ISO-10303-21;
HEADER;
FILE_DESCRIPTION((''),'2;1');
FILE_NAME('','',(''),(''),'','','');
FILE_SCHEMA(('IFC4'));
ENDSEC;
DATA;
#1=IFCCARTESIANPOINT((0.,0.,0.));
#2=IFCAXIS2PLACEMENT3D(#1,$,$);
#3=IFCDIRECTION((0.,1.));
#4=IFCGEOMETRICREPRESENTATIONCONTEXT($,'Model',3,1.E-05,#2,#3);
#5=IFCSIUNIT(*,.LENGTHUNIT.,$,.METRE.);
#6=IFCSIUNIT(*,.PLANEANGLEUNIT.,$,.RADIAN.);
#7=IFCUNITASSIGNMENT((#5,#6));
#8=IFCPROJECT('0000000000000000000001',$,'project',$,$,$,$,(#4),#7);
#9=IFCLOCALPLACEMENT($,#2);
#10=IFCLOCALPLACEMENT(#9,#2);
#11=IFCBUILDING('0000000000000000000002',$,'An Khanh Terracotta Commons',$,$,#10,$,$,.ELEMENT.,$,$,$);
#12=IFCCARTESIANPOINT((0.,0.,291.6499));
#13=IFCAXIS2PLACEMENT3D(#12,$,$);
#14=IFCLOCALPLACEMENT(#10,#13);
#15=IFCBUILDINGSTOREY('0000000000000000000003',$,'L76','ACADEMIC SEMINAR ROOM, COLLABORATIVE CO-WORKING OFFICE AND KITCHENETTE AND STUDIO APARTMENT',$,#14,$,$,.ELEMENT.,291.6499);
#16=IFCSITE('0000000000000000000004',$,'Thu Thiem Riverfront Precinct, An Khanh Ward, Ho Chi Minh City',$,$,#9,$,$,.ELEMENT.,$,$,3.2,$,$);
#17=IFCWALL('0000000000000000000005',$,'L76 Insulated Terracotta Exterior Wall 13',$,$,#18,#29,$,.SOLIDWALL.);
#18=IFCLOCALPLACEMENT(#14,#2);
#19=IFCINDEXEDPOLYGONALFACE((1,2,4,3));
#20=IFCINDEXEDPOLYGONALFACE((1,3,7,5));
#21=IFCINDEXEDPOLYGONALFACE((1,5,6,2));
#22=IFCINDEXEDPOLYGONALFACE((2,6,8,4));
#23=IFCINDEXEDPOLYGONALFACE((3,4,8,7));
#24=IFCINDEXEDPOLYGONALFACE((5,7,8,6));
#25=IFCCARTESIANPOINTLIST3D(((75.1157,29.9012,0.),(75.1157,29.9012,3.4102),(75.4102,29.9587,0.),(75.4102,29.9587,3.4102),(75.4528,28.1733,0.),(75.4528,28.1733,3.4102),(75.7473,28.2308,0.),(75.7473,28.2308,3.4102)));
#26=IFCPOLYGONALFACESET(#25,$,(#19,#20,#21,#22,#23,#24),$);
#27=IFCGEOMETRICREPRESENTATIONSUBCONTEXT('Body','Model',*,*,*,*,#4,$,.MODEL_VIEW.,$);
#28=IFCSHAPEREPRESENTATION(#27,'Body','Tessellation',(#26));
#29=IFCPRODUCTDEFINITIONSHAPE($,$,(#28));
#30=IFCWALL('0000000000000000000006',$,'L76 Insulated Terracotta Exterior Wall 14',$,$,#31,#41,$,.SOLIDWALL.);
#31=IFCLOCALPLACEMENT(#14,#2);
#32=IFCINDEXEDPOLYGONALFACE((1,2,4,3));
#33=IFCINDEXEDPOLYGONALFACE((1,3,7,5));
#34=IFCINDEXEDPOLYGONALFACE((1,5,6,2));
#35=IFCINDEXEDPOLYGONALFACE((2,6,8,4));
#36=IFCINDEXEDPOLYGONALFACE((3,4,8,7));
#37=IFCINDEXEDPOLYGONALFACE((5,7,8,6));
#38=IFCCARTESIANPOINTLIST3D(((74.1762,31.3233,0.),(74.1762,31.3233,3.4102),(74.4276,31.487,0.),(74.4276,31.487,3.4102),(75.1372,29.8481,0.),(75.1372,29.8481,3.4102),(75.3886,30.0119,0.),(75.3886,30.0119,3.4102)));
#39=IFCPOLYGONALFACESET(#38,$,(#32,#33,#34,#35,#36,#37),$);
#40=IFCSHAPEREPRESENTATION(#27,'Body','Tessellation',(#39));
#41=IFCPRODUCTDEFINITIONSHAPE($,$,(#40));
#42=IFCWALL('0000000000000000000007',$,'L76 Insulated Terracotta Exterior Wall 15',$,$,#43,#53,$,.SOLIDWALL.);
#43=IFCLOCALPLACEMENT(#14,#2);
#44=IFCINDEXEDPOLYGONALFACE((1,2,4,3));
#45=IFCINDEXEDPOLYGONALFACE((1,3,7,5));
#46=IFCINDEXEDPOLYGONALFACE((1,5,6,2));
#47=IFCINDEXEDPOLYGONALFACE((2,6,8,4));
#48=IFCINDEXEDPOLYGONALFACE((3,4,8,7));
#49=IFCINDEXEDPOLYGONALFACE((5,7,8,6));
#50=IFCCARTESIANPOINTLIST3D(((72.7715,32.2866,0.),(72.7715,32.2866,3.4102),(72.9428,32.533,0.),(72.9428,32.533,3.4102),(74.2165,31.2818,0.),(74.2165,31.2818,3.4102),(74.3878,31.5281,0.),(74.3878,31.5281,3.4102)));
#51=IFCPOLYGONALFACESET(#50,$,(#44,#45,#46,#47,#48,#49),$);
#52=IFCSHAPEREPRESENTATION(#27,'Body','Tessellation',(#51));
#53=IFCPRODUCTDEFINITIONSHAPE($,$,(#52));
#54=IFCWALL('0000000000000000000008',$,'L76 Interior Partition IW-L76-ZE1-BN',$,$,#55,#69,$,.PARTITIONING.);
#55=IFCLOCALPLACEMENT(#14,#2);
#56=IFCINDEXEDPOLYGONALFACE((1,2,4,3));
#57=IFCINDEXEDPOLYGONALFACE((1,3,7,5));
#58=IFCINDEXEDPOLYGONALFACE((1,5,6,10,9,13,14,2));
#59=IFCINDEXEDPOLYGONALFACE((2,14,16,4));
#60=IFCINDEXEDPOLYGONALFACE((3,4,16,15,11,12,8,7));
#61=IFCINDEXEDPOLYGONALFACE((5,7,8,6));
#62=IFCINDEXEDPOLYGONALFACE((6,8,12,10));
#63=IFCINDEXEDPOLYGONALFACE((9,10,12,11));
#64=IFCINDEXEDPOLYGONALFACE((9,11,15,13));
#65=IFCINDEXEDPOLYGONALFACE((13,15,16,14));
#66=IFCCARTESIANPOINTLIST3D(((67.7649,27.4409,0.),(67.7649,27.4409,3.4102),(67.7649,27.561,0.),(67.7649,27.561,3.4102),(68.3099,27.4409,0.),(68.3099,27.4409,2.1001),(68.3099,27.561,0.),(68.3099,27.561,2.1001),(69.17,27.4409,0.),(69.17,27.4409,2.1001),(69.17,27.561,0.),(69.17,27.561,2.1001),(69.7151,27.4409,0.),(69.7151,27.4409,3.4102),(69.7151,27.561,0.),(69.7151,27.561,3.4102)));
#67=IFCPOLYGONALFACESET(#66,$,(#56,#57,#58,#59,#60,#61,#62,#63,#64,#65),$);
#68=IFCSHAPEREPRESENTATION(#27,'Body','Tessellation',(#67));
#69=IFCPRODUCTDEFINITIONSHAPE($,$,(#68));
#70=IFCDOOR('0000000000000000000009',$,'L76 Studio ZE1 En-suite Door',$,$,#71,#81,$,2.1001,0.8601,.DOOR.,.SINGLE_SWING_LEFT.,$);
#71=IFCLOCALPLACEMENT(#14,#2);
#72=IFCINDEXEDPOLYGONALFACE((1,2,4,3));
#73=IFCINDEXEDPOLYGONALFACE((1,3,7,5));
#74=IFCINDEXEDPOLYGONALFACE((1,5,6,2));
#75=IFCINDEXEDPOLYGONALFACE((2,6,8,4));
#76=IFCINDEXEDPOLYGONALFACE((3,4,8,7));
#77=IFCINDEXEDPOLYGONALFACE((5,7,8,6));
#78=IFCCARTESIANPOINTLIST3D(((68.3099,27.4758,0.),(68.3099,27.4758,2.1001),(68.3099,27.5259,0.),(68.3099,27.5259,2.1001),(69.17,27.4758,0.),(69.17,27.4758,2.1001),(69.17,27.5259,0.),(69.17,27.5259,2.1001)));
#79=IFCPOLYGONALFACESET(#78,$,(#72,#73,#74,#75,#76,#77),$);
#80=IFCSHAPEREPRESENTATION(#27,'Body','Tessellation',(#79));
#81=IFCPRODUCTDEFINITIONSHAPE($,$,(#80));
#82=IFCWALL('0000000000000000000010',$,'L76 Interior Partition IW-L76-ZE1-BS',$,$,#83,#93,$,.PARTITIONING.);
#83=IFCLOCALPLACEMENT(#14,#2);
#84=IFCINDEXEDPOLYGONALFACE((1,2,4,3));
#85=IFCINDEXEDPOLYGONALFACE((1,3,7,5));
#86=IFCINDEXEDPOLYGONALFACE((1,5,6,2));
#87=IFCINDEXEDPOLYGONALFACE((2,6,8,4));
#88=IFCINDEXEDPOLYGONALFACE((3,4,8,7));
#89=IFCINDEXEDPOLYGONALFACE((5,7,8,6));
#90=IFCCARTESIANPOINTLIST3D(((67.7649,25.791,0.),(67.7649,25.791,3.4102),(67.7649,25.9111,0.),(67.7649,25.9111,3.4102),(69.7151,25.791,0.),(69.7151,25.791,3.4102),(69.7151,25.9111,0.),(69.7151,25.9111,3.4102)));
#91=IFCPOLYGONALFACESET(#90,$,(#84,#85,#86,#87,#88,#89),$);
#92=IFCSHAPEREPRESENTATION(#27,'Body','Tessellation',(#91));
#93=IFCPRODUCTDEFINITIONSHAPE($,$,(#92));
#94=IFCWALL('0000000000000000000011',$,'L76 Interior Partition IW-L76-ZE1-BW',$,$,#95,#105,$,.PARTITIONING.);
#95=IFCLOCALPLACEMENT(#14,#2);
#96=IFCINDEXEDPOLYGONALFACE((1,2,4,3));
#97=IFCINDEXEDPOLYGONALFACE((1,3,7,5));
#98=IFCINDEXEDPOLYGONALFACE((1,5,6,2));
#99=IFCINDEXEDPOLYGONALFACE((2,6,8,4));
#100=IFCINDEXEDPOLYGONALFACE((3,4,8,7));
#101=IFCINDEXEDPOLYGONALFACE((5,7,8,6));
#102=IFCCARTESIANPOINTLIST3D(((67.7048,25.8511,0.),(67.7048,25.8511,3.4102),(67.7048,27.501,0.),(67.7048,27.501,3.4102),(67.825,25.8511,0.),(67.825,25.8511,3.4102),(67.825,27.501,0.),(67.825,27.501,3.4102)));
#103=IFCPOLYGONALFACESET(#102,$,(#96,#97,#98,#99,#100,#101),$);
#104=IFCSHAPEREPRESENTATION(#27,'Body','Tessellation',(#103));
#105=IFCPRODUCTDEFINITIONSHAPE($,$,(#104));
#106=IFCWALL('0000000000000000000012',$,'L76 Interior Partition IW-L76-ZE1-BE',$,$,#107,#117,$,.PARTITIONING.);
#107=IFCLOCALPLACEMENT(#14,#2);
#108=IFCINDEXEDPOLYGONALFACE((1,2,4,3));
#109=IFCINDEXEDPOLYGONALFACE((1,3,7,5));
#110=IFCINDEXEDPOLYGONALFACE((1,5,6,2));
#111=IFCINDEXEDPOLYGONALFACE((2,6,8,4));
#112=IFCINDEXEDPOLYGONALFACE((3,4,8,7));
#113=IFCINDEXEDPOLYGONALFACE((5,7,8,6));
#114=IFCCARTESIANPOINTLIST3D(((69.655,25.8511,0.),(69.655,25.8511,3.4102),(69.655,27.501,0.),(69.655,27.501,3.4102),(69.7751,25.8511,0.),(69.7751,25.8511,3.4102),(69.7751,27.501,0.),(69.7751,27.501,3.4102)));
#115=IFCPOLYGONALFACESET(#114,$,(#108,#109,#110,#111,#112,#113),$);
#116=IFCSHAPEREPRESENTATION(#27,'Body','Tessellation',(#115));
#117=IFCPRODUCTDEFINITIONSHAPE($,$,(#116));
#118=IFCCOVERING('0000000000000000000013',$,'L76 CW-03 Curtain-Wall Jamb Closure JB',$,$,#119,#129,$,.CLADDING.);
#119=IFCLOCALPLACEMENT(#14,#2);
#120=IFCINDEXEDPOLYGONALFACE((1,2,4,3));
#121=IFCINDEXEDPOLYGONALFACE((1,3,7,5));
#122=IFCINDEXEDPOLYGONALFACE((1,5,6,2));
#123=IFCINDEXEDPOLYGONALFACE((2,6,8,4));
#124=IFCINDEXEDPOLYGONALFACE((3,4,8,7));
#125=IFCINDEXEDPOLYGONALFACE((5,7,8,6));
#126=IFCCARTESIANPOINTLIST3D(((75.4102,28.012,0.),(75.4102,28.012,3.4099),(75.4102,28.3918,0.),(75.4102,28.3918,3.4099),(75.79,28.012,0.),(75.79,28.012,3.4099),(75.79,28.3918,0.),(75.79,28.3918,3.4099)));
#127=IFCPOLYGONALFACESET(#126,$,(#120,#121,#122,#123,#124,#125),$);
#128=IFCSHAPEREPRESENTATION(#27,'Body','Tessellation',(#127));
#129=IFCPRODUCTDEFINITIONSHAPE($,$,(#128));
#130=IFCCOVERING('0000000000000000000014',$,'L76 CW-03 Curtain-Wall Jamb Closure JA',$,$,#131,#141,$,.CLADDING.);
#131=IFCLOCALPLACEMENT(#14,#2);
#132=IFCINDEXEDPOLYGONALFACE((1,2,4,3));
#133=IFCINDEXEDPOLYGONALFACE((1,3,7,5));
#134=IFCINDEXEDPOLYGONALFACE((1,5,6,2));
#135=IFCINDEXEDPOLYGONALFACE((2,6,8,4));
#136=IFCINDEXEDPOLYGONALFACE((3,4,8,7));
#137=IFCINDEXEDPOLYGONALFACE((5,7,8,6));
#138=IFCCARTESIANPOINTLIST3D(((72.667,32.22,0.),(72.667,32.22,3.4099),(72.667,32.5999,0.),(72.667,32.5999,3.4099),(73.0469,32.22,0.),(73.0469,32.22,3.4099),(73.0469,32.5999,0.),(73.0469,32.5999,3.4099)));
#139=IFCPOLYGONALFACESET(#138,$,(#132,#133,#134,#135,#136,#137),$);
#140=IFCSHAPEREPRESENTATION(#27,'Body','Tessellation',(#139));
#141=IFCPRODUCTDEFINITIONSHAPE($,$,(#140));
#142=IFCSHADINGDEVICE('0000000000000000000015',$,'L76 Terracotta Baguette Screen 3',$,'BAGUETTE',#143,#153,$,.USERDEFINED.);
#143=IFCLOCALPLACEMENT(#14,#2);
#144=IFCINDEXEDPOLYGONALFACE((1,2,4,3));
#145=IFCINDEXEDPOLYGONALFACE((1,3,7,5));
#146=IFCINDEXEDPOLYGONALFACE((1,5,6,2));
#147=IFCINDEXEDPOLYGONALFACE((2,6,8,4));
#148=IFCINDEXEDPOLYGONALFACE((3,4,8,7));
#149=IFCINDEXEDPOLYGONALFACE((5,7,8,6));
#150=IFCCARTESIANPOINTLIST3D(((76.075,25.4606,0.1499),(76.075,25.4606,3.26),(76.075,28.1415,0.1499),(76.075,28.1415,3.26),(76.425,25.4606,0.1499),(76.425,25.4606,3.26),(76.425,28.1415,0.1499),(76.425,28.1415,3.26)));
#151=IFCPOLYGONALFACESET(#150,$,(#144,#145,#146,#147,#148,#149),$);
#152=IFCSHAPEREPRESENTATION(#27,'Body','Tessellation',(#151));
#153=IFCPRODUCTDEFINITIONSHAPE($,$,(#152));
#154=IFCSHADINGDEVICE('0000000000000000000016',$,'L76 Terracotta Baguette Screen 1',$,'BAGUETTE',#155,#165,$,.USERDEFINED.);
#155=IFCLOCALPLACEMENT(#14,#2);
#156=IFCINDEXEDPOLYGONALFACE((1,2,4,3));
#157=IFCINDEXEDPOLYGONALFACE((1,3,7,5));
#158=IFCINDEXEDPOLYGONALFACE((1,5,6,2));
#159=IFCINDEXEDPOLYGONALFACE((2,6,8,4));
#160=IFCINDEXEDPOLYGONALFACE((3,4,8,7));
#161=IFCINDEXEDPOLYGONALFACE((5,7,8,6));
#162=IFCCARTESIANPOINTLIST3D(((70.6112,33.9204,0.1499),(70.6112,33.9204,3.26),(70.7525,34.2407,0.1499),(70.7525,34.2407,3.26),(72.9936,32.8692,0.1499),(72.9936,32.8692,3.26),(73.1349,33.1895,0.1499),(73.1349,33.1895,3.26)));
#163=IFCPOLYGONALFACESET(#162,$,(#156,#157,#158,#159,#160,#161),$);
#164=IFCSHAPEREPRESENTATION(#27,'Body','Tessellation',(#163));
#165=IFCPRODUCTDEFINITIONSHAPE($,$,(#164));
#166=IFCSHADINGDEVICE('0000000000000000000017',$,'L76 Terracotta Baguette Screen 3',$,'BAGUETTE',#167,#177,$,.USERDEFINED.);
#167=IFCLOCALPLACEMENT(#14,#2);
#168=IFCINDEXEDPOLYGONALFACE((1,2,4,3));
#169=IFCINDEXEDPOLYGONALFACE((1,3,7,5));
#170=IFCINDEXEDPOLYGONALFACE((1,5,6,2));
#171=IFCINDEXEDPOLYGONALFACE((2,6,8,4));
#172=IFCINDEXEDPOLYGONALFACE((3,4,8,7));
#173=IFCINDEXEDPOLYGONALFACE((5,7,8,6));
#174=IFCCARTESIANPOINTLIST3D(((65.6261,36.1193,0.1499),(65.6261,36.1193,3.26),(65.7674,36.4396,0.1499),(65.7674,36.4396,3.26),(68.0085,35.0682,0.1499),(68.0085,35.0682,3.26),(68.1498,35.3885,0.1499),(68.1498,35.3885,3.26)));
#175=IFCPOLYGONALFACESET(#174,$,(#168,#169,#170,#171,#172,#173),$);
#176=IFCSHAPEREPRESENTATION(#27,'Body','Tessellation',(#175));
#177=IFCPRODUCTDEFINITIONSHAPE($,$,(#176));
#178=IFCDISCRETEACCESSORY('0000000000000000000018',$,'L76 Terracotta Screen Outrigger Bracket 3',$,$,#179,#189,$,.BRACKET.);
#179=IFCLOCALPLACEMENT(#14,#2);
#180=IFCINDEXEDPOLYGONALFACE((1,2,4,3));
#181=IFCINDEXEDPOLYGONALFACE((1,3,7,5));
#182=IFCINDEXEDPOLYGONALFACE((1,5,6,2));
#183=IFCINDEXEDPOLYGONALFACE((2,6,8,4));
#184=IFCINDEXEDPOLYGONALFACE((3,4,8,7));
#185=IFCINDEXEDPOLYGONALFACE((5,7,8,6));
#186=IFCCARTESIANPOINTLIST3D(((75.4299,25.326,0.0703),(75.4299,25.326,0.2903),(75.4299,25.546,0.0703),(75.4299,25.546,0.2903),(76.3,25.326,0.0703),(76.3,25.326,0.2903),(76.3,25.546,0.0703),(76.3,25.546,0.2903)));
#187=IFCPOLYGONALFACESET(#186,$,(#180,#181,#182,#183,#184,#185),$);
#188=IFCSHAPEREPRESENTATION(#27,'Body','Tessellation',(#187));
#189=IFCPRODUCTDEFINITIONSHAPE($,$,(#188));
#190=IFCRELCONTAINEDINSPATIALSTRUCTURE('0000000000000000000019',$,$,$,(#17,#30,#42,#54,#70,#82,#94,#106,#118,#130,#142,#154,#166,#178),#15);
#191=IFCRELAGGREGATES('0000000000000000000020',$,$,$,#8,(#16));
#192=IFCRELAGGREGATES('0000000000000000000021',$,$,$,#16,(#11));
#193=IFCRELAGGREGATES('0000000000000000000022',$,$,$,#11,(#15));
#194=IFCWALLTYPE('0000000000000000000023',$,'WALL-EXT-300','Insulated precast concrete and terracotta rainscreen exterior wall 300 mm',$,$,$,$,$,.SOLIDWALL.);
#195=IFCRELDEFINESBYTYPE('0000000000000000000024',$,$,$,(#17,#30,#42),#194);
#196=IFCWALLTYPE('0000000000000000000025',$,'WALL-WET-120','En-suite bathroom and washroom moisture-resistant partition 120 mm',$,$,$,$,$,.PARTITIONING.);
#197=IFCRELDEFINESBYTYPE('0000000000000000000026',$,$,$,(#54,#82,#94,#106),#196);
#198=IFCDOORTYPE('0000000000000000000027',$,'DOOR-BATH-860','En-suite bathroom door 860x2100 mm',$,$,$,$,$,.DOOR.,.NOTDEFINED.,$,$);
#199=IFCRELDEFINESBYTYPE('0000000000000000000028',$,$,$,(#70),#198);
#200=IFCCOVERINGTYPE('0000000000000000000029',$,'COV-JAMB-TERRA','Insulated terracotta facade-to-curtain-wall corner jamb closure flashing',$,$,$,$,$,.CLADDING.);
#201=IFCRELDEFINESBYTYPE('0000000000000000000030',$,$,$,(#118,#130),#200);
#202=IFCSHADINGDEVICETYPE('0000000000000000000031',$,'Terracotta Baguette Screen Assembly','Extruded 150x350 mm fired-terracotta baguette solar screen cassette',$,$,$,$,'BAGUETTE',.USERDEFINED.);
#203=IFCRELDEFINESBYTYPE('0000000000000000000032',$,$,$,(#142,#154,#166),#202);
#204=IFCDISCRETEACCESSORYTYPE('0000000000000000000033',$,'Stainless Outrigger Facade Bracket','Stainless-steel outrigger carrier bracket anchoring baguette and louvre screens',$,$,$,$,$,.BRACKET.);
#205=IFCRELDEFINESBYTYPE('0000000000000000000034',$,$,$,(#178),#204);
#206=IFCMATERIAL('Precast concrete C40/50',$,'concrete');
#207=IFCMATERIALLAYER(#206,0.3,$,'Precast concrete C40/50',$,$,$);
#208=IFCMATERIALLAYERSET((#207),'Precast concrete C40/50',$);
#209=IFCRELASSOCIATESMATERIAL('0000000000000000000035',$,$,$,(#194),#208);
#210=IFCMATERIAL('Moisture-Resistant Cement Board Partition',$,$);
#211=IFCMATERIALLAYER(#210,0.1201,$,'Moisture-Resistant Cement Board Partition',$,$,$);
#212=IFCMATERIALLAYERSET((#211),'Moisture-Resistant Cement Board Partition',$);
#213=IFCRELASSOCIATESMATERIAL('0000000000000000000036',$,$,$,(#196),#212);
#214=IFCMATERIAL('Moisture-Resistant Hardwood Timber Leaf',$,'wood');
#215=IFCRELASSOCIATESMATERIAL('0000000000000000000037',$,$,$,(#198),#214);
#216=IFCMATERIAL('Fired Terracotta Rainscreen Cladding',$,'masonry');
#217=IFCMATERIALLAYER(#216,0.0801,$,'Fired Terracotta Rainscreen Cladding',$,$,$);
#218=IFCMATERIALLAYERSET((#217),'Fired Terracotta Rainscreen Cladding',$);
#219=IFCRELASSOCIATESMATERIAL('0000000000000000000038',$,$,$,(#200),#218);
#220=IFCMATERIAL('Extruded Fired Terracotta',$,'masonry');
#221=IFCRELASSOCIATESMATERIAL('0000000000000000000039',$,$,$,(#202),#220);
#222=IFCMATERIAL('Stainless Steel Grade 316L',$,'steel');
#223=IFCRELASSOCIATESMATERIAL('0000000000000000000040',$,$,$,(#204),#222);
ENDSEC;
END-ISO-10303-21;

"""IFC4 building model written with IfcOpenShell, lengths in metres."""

from ifc_helpers import new_model, si_unit, direction, frame, frame_2d, origin, origin_2d, place, context, subcontext, project, spatial, rectangle, extrude, material, layer, layer_set, type_object, element, fill, save


model = new_model("IFC4")

# Units and contexts
model_context = context("Model", 3, precision=1e-05, world=origin(), true_north=direction((0.0, 1.0)))
body_context = subcontext(model_context, "Body", "Model", "MODEL_VIEW")
ifc_project = project(units=[si_unit("LENGTHUNIT", "METRE"), si_unit("PLANEANGLEUNIT", "RADIAN")], contexts=[model_context])

# Site, building, storey
site_placement = place(None, origin())
site = spatial("IfcSite", under=ifc_project, at=site_placement, Name="Thu Thiem Riverfront Precinct, An Khanh Ward, Ho Chi Minh City", CompositionType="ELEMENT", RefElevation=3.2)
building_placement = place(site_placement, origin())
building = spatial("IfcBuilding", under=site, at=building_placement, Name="An Khanh Terracotta Commons", CompositionType="ELEMENT")
storey_placement = place(building_placement, frame((0.0, 0.0, 291.6499)))
storey = spatial("IfcBuildingStorey", under=building, at=storey_placement, Name="L76", Description="ACADEMIC SEMINAR ROOM, COLLABORATIVE CO-WORKING OFFICE AND KITCHENETTE AND STUDIO APARTMENT", CompositionType="ELEMENT", Elevation=291.6499)

# Walls
ifc_material_1 = material(Name="Precast concrete C40/50", Category="concrete")
ifc_layer_1 = layer(ifc_material_1, 0.3, Name="Precast concrete C40/50")
ifc_layer_set_1 = layer_set([ifc_layer_1], Name="Precast concrete C40/50")
wall_type_1 = type_object("IfcWallType", Name="WALL-EXT-300", Description="Insulated precast concrete and terracotta rainscreen exterior wall 300 mm", PredefinedType="SOLIDWALL", material=ifc_layer_set_1)
for number, where, z_axis, x_axis, name in (
    (1, (75.6001, 28.2019, 0.0), (0.0, 0.0, 1.0), (-0.191501, 0.981492, 0.0), "L76 Insulated Terracotta Exterior Wall 13"),
    (2, (75.2629, 29.9299, 0.0), (0.0, 0.0, 1.0), (-0.545836, 0.837892, 0.0), "L76 Insulated Terracotta Exterior Wall 14"),
):
    element("IfcWall", number, at=place(storey_placement, frame(where, z_axis=z_axis, x_axis=x_axis)), inside=storey, type_object=wall_type_1, Name=name, PredefinedType="SOLIDWALL", context=body_context, shape_type="SweptSolid", body=[
        extrude(rectangle(XDim=1.7605, YDim=0.3, at=frame_2d((0.8804, 0.0))), origin(), (0.0, 0.0, 1.0), 3.4102),
    ])
wall_1_placement = place(storey_placement, frame((74.302, 31.405, 0.0), z_axis=(0.0, 0.0, 1.0), x_axis=(-0.821007, 0.570918, 0.0)))
element("IfcWall", 3, at=wall_1_placement, inside=storey, type_object=wall_type_1, Name="L76 Insulated Terracotta Exterior Wall 15", PredefinedType="SOLIDWALL", context=body_context, shape_type="SweptSolid", body=[
    extrude(rectangle(XDim=1.76, YDim=0.3, at=frame_2d((0.8799, 0.0))), origin(), (0.0, 0.0, 1.0), 3.4102),
])

# Wall, opening, door
ifc_material_2 = material(Name="Moisture-Resistant Cement Board Partition")
ifc_layer_2 = layer(ifc_material_2, 0.1201, Name="Moisture-Resistant Cement Board Partition")
ifc_layer_set_2 = layer_set([ifc_layer_2], Name="Moisture-Resistant Cement Board Partition")
wall_type_2 = type_object("IfcWallType", Name="WALL-WET-120", Description="En-suite bathroom and washroom moisture-resistant partition 120 mm", PredefinedType="PARTITIONING", material=ifc_layer_set_2)
wall_2_placement = place(storey_placement, frame((67.7649, 27.501, 0.0), z_axis=(0.0, 0.0, 1.0), x_axis=(1.0, 0.0, 0.0)))
wall_2 = element("IfcWall", 4, at=wall_2_placement, inside=storey, type_object=wall_type_2, Name="L76 Interior Partition IW-L76-ZE1-BN", PredefinedType="PARTITIONING", context=body_context, shape_type="SweptSolid", body=[
    extrude(rectangle(XDim=1.9502, YDim=0.1201, at=frame_2d((0.9751, 0.0))), origin(), (0.0, 0.0, 1.0), 3.4102),
])
opening_placement = place(wall_2_placement, frame((0.5449, 0.0, 0.0)))
opening = element("IfcOpeningElement", 5, at=opening_placement, cuts=wall_2, PredefinedType="OPENING", context=body_context, shape_type="SweptSolid", body=[
    extrude(rectangle(XDim=0.8601, YDim=2.1001, at=frame_2d((0.4302, 1.05))), frame((0.0, 0.0701, 0.0), z_axis=(0.0, -1.0, 0.0), x_axis=(1.0, 0.0, 0.0)), (0.0, 0.0, 1.0), 0.1401),
])
ifc_material_3 = material(Name="Moisture-Resistant Hardwood Timber Leaf", Category="wood")
door_type = type_object("IfcDoorType", Name="DOOR-BATH-860", Description="En-suite bathroom door 860x2100 mm", OperationType="NOTDEFINED", PredefinedType="DOOR", material=ifc_material_3)
door_placement = place(opening_placement, origin())
door = element("IfcDoor", 6, at=door_placement, inside=storey, type_object=door_type, Name="L76 Studio ZE1 En-suite Door", OperationType="SINGLE_SWING_LEFT", OverallHeight=2.1001, OverallWidth=0.8601, PredefinedType="DOOR", context=body_context, shape_type="SweptSolid", body=[
    extrude(rectangle(XDim=0.8601, YDim=2.1001, at=frame_2d((0.4302, 1.05))), frame((0.0, 0.0249, 0.0), z_axis=(0.0, -1.0, 0.0), x_axis=(1.0, 0.0, 0.0)), (0.0, 0.0, 1.0), 0.05),
])
fill(opening, door)

# Walls
wall_3_placement = place(storey_placement, frame((69.7151, 25.8511, 0.0), z_axis=(0.0, 0.0, 1.0), x_axis=(-1.0, 0.0, 0.0)))
element("IfcWall", 7, at=wall_3_placement, inside=storey, type_object=wall_type_2, Name="L76 Interior Partition IW-L76-ZE1-BS", PredefinedType="PARTITIONING", context=body_context, shape_type="SweptSolid", body=[
    extrude(rectangle(XDim=1.9502, YDim=0.1201, at=frame_2d((0.9751, 0.0))), origin(), (0.0, 0.0, 1.0), 3.4102),
])
for number, where, z_axis, x_axis, name in (
    (8, (67.7649, 27.501, 0.0), (0.0, 0.0, 1.0), (0.0, -1.0, 0.0), "L76 Interior Partition IW-L76-ZE1-BW"),
    (9, (69.7151, 25.8511, 0.0), (0.0, 0.0, 1.0), (0.0, 1.0, 0.0), "L76 Interior Partition IW-L76-ZE1-BE"),
):
    element("IfcWall", number, at=place(storey_placement, frame(where, z_axis=z_axis, x_axis=x_axis)), inside=storey, type_object=wall_type_2, Name=name, PredefinedType="PARTITIONING", context=body_context, shape_type="SweptSolid", body=[
        extrude(rectangle(XDim=1.6499, YDim=0.1201, at=frame_2d((0.825, 0.0))), origin(), (0.0, 0.0, 1.0), 3.4102),
    ])

# Coverings
ifc_material_4 = material(Name="Fired Terracotta Rainscreen Cladding", Category="masonry")
ifc_layer_3 = layer(ifc_material_4, 0.0801, Name="Fired Terracotta Rainscreen Cladding")
ifc_layer_set_3 = layer_set([ifc_layer_3], Name="Fired Terracotta Rainscreen Cladding")
covering_type = type_object("IfcCoveringType", Name="COV-JAMB-TERRA", Description="Insulated terracotta facade-to-curtain-wall corner jamb closure flashing", PredefinedType="CLADDING", material=ifc_layer_set_3)
for number, where, z_axis, x_axis, name in (
    (10, (75.6001, 28.2019, 0.0), (0.0, 0.0, 1.0), (1.0, 0.0, 0.0), "L76 CW-03 Curtain-Wall Jamb Closure JB"),
    (11, (72.8569, 32.4099, 0.0), (0.0, 0.0, 1.0), (1.0, 0.0, 0.0), "L76 CW-03 Curtain-Wall Jamb Closure JA"),
):
    element("IfcCovering", number, at=place(storey_placement, frame(where, z_axis=z_axis, x_axis=x_axis)), inside=storey, type_object=covering_type, Name=name, PredefinedType="CLADDING", context=body_context, shape_type="SweptSolid", body=[
        extrude(rectangle(XDim=0.3799, YDim=0.3799, at=origin_2d()), origin(), (0.0, 0.0, 1.0), 3.4099),
    ])

# Shading devices
ifc_material_5 = material(Name="Extruded Fired Terracotta", Category="masonry")
shading_device_type = type_object("IfcShadingDeviceType", Name="Terracotta Baguette Screen Assembly", Description="Extruded 150x350 mm fired-terracotta baguette solar screen cassette", ElementType="BAGUETTE", PredefinedType="USERDEFINED", material=ifc_material_5)
shading_device_placement = place(storey_placement, frame((76.25, 26.801, 0.1499), z_axis=(0.0, 0.0, 1.0), x_axis=(0.0, 1.0, 0.0)))
element("IfcShadingDevice", 12, at=shading_device_placement, inside=storey, type_object=shading_device_type, Name="L76 Terracotta Baguette Screen 3", ObjectType="BAGUETTE", PredefinedType="USERDEFINED", context=body_context, shape_type="SweptSolid", body=[
    extrude(rectangle(XDim=2.6809, YDim=0.3501, at=origin_2d()), origin(), (0.0, 0.0, 1.0), 3.1101),
])
for number, where, z_axis, x_axis, name in (
    (13, (71.873, 33.5549, 0.1499), (0.0, 0.0, 1.0), (-0.914902, 0.403676, 0.0), "L76 Terracotta Baguette Screen 1"),
    (14, (66.8879, 35.7539, 0.1499), (0.0, 0.0, 1.0), (-0.914902, 0.403676, 0.0), "L76 Terracotta Baguette Screen 3"),
):
    element("IfcShadingDevice", number, at=place(storey_placement, frame(where, z_axis=z_axis, x_axis=x_axis)), inside=storey, type_object=shading_device_type, Name=name, ObjectType="BAGUETTE", PredefinedType="USERDEFINED", context=body_context, shape_type="SweptSolid", body=[
        extrude(rectangle(XDim=2.604, YDim=0.3501, at=origin_2d()), origin(), (0.0, 0.0, 1.0), 3.1101),
    ])

# Discrete accessory
ifc_material_6 = material(Name="Stainless Steel Grade 316L", Category="steel")
discrete_accessory_type = type_object("IfcDiscreteAccessoryType", Name="Stainless Outrigger Facade Bracket", Description="Stainless-steel outrigger carrier bracket anchoring baguette and louvre screens", PredefinedType="BRACKET", material=ifc_material_6)
for number, where, z_axis, x_axis, name in (
    (15, (75.865, 25.436, 0.0703), (0.0, 0.0, 1.0), (0.0, 1.0, 0.0), "L76 Terracotta Screen Outrigger Bracket 3"),
):
    element("IfcDiscreteAccessory", number, at=place(storey_placement, frame(where, z_axis=z_axis, x_axis=x_axis)), inside=storey, type_object=discrete_accessory_type, Name=name, PredefinedType="BRACKET", context=body_context, shape_type="SweptSolid", body=[
        extrude(rectangle(XDim=0.22, YDim=0.8701, at=origin_2d()), origin(), (0.0, 0.0, 1.0), 0.22),
    ])

save(model, "model.ifc")
